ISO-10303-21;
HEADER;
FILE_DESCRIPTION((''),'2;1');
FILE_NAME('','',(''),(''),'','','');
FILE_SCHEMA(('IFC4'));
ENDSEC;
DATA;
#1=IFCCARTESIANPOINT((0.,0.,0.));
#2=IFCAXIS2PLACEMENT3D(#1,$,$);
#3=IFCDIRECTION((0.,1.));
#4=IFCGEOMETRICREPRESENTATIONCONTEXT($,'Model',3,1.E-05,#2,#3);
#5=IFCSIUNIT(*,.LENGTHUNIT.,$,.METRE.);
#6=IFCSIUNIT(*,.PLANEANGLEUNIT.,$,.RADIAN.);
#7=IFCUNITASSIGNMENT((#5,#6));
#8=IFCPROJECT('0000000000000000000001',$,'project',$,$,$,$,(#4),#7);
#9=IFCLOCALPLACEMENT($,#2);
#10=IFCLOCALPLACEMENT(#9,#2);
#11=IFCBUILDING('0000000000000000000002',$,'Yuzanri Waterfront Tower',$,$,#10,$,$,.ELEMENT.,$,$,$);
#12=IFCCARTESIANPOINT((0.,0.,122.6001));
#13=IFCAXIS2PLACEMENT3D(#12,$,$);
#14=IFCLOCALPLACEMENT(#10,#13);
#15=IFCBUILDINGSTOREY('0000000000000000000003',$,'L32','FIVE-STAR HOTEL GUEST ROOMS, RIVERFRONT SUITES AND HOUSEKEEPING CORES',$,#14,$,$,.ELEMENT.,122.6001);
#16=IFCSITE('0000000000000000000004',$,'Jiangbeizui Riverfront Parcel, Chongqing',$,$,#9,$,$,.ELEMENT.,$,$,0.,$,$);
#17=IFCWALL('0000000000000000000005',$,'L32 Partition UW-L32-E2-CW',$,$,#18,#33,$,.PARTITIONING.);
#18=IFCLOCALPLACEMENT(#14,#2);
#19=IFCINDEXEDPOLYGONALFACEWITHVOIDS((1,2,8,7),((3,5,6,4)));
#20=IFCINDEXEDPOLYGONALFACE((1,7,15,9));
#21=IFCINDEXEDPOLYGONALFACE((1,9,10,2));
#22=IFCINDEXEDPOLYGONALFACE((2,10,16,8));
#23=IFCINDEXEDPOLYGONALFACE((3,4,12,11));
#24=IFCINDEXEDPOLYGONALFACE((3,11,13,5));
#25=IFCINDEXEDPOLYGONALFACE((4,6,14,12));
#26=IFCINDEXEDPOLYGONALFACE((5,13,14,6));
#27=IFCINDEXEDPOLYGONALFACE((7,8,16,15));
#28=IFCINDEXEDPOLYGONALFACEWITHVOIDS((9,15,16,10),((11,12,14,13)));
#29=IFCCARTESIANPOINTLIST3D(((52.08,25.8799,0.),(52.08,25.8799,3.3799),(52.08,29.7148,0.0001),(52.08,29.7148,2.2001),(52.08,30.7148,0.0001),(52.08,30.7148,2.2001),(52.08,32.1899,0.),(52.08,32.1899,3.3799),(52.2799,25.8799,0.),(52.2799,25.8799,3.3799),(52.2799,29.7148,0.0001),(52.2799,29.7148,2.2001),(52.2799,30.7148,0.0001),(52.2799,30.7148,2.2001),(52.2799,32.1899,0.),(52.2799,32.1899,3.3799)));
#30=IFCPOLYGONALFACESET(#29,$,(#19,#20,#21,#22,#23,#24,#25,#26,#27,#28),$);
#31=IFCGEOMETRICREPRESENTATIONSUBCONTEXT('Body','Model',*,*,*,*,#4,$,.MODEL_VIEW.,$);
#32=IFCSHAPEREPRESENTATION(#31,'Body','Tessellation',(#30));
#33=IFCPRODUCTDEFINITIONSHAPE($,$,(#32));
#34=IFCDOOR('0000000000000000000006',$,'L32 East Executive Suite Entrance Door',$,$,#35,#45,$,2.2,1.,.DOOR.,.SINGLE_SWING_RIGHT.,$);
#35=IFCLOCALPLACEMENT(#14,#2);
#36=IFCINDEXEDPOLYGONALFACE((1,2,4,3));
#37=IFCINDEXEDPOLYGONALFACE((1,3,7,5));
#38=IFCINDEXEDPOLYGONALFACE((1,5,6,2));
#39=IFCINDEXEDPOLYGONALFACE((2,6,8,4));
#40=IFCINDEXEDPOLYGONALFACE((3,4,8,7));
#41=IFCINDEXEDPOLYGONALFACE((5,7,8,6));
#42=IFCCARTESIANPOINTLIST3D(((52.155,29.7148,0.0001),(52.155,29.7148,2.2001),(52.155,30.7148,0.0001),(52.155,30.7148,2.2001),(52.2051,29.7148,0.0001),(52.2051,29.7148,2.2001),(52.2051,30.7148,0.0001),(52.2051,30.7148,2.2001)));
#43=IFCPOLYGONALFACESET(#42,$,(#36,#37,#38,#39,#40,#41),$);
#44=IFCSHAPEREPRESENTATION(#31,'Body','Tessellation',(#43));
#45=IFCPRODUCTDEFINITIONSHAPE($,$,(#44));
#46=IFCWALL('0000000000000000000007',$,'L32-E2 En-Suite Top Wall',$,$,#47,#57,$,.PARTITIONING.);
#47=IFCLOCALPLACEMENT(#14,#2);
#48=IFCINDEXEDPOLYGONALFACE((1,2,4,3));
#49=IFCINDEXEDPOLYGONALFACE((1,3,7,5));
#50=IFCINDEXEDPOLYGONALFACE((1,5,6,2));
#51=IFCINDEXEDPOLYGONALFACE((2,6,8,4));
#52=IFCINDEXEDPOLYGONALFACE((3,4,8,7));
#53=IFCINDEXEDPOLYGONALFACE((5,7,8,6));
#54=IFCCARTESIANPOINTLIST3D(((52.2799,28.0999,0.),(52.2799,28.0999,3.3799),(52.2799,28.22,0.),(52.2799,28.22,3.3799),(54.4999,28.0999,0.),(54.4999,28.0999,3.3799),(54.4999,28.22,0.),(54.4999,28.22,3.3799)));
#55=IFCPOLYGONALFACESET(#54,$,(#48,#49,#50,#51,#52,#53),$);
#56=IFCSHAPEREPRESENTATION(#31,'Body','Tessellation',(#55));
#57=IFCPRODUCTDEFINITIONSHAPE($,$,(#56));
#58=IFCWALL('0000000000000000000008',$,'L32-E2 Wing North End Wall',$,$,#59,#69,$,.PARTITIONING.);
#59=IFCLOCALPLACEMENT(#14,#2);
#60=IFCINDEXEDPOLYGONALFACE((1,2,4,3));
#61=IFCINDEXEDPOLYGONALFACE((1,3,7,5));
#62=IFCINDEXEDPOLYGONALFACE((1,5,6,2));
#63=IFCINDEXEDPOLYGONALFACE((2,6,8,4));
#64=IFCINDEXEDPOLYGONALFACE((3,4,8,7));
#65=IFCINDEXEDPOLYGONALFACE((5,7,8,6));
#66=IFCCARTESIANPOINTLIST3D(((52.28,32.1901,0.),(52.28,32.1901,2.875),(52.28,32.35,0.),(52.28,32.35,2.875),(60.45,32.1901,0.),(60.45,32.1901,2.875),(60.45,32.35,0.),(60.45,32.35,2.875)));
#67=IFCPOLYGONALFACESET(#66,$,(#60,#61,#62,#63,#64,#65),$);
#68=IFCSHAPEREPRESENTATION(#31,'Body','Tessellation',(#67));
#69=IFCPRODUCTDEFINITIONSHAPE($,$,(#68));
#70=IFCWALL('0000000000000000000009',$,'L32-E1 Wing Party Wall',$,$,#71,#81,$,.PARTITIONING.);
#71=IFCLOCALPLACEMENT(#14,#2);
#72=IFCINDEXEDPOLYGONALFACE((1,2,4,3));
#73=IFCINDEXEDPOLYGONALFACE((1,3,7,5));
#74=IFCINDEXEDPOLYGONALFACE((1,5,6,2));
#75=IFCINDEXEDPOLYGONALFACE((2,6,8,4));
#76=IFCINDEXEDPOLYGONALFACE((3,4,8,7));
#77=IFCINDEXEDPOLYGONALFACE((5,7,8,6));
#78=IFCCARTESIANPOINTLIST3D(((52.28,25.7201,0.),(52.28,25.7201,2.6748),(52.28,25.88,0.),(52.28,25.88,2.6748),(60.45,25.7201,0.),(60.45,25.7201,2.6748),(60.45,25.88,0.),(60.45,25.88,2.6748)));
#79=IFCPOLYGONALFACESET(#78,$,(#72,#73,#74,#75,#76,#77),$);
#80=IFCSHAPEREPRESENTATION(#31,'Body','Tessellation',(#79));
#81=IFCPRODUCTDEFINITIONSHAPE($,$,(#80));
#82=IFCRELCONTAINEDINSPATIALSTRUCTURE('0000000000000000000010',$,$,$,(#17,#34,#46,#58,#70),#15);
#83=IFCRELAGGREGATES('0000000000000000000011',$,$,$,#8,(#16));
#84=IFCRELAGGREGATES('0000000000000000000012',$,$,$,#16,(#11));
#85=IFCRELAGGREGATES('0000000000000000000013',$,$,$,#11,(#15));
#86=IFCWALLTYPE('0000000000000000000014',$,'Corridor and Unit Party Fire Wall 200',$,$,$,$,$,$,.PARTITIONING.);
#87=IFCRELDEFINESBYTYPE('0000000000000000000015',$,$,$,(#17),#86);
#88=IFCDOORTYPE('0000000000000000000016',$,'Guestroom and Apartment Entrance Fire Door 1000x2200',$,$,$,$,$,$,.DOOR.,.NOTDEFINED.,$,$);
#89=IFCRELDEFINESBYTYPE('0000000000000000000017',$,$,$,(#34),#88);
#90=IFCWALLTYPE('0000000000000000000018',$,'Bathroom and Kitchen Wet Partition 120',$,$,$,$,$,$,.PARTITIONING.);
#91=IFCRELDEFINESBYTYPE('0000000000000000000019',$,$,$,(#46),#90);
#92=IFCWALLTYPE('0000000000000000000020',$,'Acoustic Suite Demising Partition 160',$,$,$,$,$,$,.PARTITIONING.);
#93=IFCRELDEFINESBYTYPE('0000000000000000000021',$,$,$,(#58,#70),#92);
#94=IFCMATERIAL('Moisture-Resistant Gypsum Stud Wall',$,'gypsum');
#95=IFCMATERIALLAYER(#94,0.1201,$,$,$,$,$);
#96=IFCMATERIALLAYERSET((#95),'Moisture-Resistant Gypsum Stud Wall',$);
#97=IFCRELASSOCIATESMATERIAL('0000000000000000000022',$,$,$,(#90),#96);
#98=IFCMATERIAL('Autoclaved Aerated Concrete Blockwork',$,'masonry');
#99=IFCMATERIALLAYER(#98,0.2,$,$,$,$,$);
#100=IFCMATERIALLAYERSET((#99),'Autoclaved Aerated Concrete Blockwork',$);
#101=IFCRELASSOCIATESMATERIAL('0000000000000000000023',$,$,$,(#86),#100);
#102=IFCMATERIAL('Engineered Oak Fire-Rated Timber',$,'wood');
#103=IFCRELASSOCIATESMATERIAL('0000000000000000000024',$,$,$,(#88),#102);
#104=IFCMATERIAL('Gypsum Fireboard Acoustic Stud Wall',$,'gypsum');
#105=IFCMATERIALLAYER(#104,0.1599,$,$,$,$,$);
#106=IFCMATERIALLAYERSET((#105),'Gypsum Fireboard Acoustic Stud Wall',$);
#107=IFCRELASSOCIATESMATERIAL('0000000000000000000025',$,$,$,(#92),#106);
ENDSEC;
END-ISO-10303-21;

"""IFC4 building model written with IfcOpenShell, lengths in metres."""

from ifc_helpers import new_model, si_unit, direction, frame, frame_2d, origin, place, context, subcontext, project, spatial, rectangle, extrude, source, transform, mapped, material, layer, layer_set, type_object, element, fill, save


model = new_model("IFC4")

# Units and contexts
model_context = context("Model", 3, precision=1e-05, world=origin(), true_north=direction((0.0, 1.0)))
body_context = subcontext(model_context, "Body", "Model", "MODEL_VIEW")
ifc_project = project(units=[si_unit("LENGTHUNIT", "METRE"), si_unit("PLANEANGLEUNIT", "RADIAN")], contexts=[model_context])

# Site, building, storey
site_placement = place(None, origin())
site = spatial("IfcSite", under=ifc_project, at=site_placement, Name="Jiangbeizui Riverfront Parcel, Chongqing", CompositionType="ELEMENT", RefElevation=0.0)
building_placement = place(site_placement, origin())
building = spatial("IfcBuilding", under=site, at=building_placement, Name="Yuzanri Waterfront Tower", CompositionType="ELEMENT")
storey_placement = place(building_placement, frame((0.0, 0.0, 122.6001)))
storey = spatial("IfcBuildingStorey", under=building, at=storey_placement, Name="L32", Description="FIVE-STAR HOTEL GUEST ROOMS, RIVERFRONT SUITES AND HOUSEKEEPING CORES", CompositionType="ELEMENT", Elevation=122.6001)

# Wall, opening, door
ifc_material_1 = material(Name="Moisture-Resistant Gypsum Stud Wall", Category="gypsum")
ifc_layer_1 = layer(ifc_material_1, 0.1201)
ifc_layer_set_1 = layer_set([ifc_layer_1], Name="Moisture-Resistant Gypsum Stud Wall")
wall_type_1 = type_object("IfcWallType", Name="Bathroom and Kitchen Wet Partition 120", PredefinedType="PARTITIONING", material=ifc_layer_set_1)
ifc_material_2 = material(Name="Autoclaved Aerated Concrete Blockwork", Category="masonry")
ifc_layer_2 = layer(ifc_material_2, 0.2)
ifc_layer_set_2 = layer_set([ifc_layer_2], Name="Autoclaved Aerated Concrete Blockwork")
wall_type_2 = type_object("IfcWallType", Name="Corridor and Unit Party Fire Wall 200", PredefinedType="PARTITIONING", material=ifc_layer_set_2)
wall_1_placement = place(storey_placement, frame((52.1799, 25.8799, 0.0), z_axis=(0.0, 0.0, 1.0), x_axis=(0.0, 1.0, 0.0)))
wall_1 = element("IfcWall", 1, at=wall_1_placement, inside=storey, type_object=wall_type_2, Name="L32 Partition UW-L32-E2-CW", PredefinedType="PARTITIONING", context=body_context, shape_type="SweptSolid", body=[
    extrude(rectangle(XDim=6.3101, YDim=0.2, at=frame_2d((3.155, 0.0))), origin(), (0.0, 0.0, 1.0), 3.3799),
])
opening_1_placement = place(wall_1_placement, frame((3.835, 0.0, 0.0)))
opening_1 = element("IfcOpeningElement", 2, at=opening_1_placement, cuts=wall_1, PredefinedType="OPENING", context=body_context, shape_type="SweptSolid", body=[
    extrude(rectangle(XDim=1.0, YDim=2.2, at=frame_2d((0.5, 1.1001))), frame((0.0, 0.1147, 0.0), z_axis=(0.0, -1.0, 0.0), x_axis=(1.0, 0.0, 0.0)), (0.0, 0.0, 1.0), 0.2297),
])
ifc_material_3 = material(Name="Engineered Oak Fire-Rated Timber", Category="wood")
door_type_1 = type_object("IfcDoorType", Name="Guestroom and Apartment Entrance Fire Door 1000x2200", OperationType="NOTDEFINED", PredefinedType="DOOR", material=ifc_material_3)
shared_shape_1 = source(origin(), body_context, "Body", "SweptSolid", [
    extrude(rectangle(XDim=1.0, YDim=2.2, at=frame_2d((0.5, 1.1001))), frame((0.0, 0.0249, 0.0), z_axis=(0.0, -1.0, 0.0), x_axis=(1.0, 0.0, 0.0)), (0.0, 0.0, 1.0), 0.05),
])
door_1_placement = place(opening_1_placement, origin())
door_1 = element("IfcDoor", 3, at=door_1_placement, inside=storey, type_object=door_type_1, Name="L32 East Executive Suite Entrance Door", OperationType="SINGLE_SWING_RIGHT", OverallHeight=2.2, OverallWidth=1.0, PredefinedType="DOOR", context=body_context, shape_type="MappedRepresentation", body=[
    mapped(shared_shape_1, transform((0.0, 0.0, 0.0), scale=1.0)),
])
fill(opening_1, door_1)

# Walls
shared_shape_2 = source(origin(), body_context, "Body", "SweptSolid", [
    extrude(rectangle(XDim=2.22, YDim=0.1201, at=frame_2d((1.1099, 0.0))), origin(), (0.0, 0.0, 1.0), 3.3799),
])
wall_2_placement = place(storey_placement, frame((52.28, 28.1599, 0.0), z_axis=(0.0, 0.0, 1.0), x_axis=(1.0, 0.0, 0.0)))
element("IfcWall", 4, at=wall_2_placement, inside=storey, type_object=wall_type_1, Name="L32-E2 En-Suite Top Wall", PredefinedType="PARTITIONING", context=body_context, shape_type="MappedRepresentation", body=[
    mapped(shared_shape_2, transform((0.0, 0.0, 0.0), scale=1.0)),
])
ifc_material_4 = material(Name="Gypsum Fireboard Acoustic Stud Wall", Category="gypsum")
ifc_layer_3 = layer(ifc_material_4, 0.1599)
ifc_layer_set_3 = layer_set([ifc_layer_3], Name="Gypsum Fireboard Acoustic Stud Wall")
wall_type_3 = type_object("IfcWallType", Name="Acoustic Suite Demising Partition 160", PredefinedType="PARTITIONING", material=ifc_layer_set_3)
shared_shape_3 = source(origin(), body_context, "Body", "SweptSolid", [
    extrude(rectangle(XDim=8.1699, YDim=0.1599, at=frame_2d((4.085, 0.0))), origin(), (0.0, 0.0, 1.0), 2.875),
])
wall_3_placement = place(storey_placement, frame((52.28, 32.27, 0.0), z_axis=(0.0, 0.0, 1.0), x_axis=(1.0, 0.0, 0.0)))
element("IfcWall", 5, at=wall_3_placement, inside=storey, type_object=wall_type_3, Name="L32-E2 Wing North End Wall", PredefinedType="PARTITIONING", context=body_context, shape_type="MappedRepresentation", body=[
    mapped(shared_shape_3, transform((0.0, 0.0, 0.0), scale=1.0)),
])
shared_shape_4 = source(origin(), body_context, "Body", "SweptSolid", [
    extrude(rectangle(XDim=8.1699, YDim=0.1599, at=frame_2d((4.085, 0.0))), origin(), (0.0, 0.0, 1.0), 2.6748),
])
wall_4_placement = place(storey_placement, frame((52.28, 25.8, 0.0), z_axis=(0.0, 0.0, 1.0), x_axis=(1.0, 0.0, 0.0)))
element("IfcWall", 6, at=wall_4_placement, inside=storey, type_object=wall_type_3, Name="L32-E1 Wing Party Wall", PredefinedType="PARTITIONING", context=body_context, shape_type="MappedRepresentation", body=[
    mapped(shared_shape_4, transform((0.0, 0.0, 0.0), scale=1.0)),
])

save(model, "model.ifc")
